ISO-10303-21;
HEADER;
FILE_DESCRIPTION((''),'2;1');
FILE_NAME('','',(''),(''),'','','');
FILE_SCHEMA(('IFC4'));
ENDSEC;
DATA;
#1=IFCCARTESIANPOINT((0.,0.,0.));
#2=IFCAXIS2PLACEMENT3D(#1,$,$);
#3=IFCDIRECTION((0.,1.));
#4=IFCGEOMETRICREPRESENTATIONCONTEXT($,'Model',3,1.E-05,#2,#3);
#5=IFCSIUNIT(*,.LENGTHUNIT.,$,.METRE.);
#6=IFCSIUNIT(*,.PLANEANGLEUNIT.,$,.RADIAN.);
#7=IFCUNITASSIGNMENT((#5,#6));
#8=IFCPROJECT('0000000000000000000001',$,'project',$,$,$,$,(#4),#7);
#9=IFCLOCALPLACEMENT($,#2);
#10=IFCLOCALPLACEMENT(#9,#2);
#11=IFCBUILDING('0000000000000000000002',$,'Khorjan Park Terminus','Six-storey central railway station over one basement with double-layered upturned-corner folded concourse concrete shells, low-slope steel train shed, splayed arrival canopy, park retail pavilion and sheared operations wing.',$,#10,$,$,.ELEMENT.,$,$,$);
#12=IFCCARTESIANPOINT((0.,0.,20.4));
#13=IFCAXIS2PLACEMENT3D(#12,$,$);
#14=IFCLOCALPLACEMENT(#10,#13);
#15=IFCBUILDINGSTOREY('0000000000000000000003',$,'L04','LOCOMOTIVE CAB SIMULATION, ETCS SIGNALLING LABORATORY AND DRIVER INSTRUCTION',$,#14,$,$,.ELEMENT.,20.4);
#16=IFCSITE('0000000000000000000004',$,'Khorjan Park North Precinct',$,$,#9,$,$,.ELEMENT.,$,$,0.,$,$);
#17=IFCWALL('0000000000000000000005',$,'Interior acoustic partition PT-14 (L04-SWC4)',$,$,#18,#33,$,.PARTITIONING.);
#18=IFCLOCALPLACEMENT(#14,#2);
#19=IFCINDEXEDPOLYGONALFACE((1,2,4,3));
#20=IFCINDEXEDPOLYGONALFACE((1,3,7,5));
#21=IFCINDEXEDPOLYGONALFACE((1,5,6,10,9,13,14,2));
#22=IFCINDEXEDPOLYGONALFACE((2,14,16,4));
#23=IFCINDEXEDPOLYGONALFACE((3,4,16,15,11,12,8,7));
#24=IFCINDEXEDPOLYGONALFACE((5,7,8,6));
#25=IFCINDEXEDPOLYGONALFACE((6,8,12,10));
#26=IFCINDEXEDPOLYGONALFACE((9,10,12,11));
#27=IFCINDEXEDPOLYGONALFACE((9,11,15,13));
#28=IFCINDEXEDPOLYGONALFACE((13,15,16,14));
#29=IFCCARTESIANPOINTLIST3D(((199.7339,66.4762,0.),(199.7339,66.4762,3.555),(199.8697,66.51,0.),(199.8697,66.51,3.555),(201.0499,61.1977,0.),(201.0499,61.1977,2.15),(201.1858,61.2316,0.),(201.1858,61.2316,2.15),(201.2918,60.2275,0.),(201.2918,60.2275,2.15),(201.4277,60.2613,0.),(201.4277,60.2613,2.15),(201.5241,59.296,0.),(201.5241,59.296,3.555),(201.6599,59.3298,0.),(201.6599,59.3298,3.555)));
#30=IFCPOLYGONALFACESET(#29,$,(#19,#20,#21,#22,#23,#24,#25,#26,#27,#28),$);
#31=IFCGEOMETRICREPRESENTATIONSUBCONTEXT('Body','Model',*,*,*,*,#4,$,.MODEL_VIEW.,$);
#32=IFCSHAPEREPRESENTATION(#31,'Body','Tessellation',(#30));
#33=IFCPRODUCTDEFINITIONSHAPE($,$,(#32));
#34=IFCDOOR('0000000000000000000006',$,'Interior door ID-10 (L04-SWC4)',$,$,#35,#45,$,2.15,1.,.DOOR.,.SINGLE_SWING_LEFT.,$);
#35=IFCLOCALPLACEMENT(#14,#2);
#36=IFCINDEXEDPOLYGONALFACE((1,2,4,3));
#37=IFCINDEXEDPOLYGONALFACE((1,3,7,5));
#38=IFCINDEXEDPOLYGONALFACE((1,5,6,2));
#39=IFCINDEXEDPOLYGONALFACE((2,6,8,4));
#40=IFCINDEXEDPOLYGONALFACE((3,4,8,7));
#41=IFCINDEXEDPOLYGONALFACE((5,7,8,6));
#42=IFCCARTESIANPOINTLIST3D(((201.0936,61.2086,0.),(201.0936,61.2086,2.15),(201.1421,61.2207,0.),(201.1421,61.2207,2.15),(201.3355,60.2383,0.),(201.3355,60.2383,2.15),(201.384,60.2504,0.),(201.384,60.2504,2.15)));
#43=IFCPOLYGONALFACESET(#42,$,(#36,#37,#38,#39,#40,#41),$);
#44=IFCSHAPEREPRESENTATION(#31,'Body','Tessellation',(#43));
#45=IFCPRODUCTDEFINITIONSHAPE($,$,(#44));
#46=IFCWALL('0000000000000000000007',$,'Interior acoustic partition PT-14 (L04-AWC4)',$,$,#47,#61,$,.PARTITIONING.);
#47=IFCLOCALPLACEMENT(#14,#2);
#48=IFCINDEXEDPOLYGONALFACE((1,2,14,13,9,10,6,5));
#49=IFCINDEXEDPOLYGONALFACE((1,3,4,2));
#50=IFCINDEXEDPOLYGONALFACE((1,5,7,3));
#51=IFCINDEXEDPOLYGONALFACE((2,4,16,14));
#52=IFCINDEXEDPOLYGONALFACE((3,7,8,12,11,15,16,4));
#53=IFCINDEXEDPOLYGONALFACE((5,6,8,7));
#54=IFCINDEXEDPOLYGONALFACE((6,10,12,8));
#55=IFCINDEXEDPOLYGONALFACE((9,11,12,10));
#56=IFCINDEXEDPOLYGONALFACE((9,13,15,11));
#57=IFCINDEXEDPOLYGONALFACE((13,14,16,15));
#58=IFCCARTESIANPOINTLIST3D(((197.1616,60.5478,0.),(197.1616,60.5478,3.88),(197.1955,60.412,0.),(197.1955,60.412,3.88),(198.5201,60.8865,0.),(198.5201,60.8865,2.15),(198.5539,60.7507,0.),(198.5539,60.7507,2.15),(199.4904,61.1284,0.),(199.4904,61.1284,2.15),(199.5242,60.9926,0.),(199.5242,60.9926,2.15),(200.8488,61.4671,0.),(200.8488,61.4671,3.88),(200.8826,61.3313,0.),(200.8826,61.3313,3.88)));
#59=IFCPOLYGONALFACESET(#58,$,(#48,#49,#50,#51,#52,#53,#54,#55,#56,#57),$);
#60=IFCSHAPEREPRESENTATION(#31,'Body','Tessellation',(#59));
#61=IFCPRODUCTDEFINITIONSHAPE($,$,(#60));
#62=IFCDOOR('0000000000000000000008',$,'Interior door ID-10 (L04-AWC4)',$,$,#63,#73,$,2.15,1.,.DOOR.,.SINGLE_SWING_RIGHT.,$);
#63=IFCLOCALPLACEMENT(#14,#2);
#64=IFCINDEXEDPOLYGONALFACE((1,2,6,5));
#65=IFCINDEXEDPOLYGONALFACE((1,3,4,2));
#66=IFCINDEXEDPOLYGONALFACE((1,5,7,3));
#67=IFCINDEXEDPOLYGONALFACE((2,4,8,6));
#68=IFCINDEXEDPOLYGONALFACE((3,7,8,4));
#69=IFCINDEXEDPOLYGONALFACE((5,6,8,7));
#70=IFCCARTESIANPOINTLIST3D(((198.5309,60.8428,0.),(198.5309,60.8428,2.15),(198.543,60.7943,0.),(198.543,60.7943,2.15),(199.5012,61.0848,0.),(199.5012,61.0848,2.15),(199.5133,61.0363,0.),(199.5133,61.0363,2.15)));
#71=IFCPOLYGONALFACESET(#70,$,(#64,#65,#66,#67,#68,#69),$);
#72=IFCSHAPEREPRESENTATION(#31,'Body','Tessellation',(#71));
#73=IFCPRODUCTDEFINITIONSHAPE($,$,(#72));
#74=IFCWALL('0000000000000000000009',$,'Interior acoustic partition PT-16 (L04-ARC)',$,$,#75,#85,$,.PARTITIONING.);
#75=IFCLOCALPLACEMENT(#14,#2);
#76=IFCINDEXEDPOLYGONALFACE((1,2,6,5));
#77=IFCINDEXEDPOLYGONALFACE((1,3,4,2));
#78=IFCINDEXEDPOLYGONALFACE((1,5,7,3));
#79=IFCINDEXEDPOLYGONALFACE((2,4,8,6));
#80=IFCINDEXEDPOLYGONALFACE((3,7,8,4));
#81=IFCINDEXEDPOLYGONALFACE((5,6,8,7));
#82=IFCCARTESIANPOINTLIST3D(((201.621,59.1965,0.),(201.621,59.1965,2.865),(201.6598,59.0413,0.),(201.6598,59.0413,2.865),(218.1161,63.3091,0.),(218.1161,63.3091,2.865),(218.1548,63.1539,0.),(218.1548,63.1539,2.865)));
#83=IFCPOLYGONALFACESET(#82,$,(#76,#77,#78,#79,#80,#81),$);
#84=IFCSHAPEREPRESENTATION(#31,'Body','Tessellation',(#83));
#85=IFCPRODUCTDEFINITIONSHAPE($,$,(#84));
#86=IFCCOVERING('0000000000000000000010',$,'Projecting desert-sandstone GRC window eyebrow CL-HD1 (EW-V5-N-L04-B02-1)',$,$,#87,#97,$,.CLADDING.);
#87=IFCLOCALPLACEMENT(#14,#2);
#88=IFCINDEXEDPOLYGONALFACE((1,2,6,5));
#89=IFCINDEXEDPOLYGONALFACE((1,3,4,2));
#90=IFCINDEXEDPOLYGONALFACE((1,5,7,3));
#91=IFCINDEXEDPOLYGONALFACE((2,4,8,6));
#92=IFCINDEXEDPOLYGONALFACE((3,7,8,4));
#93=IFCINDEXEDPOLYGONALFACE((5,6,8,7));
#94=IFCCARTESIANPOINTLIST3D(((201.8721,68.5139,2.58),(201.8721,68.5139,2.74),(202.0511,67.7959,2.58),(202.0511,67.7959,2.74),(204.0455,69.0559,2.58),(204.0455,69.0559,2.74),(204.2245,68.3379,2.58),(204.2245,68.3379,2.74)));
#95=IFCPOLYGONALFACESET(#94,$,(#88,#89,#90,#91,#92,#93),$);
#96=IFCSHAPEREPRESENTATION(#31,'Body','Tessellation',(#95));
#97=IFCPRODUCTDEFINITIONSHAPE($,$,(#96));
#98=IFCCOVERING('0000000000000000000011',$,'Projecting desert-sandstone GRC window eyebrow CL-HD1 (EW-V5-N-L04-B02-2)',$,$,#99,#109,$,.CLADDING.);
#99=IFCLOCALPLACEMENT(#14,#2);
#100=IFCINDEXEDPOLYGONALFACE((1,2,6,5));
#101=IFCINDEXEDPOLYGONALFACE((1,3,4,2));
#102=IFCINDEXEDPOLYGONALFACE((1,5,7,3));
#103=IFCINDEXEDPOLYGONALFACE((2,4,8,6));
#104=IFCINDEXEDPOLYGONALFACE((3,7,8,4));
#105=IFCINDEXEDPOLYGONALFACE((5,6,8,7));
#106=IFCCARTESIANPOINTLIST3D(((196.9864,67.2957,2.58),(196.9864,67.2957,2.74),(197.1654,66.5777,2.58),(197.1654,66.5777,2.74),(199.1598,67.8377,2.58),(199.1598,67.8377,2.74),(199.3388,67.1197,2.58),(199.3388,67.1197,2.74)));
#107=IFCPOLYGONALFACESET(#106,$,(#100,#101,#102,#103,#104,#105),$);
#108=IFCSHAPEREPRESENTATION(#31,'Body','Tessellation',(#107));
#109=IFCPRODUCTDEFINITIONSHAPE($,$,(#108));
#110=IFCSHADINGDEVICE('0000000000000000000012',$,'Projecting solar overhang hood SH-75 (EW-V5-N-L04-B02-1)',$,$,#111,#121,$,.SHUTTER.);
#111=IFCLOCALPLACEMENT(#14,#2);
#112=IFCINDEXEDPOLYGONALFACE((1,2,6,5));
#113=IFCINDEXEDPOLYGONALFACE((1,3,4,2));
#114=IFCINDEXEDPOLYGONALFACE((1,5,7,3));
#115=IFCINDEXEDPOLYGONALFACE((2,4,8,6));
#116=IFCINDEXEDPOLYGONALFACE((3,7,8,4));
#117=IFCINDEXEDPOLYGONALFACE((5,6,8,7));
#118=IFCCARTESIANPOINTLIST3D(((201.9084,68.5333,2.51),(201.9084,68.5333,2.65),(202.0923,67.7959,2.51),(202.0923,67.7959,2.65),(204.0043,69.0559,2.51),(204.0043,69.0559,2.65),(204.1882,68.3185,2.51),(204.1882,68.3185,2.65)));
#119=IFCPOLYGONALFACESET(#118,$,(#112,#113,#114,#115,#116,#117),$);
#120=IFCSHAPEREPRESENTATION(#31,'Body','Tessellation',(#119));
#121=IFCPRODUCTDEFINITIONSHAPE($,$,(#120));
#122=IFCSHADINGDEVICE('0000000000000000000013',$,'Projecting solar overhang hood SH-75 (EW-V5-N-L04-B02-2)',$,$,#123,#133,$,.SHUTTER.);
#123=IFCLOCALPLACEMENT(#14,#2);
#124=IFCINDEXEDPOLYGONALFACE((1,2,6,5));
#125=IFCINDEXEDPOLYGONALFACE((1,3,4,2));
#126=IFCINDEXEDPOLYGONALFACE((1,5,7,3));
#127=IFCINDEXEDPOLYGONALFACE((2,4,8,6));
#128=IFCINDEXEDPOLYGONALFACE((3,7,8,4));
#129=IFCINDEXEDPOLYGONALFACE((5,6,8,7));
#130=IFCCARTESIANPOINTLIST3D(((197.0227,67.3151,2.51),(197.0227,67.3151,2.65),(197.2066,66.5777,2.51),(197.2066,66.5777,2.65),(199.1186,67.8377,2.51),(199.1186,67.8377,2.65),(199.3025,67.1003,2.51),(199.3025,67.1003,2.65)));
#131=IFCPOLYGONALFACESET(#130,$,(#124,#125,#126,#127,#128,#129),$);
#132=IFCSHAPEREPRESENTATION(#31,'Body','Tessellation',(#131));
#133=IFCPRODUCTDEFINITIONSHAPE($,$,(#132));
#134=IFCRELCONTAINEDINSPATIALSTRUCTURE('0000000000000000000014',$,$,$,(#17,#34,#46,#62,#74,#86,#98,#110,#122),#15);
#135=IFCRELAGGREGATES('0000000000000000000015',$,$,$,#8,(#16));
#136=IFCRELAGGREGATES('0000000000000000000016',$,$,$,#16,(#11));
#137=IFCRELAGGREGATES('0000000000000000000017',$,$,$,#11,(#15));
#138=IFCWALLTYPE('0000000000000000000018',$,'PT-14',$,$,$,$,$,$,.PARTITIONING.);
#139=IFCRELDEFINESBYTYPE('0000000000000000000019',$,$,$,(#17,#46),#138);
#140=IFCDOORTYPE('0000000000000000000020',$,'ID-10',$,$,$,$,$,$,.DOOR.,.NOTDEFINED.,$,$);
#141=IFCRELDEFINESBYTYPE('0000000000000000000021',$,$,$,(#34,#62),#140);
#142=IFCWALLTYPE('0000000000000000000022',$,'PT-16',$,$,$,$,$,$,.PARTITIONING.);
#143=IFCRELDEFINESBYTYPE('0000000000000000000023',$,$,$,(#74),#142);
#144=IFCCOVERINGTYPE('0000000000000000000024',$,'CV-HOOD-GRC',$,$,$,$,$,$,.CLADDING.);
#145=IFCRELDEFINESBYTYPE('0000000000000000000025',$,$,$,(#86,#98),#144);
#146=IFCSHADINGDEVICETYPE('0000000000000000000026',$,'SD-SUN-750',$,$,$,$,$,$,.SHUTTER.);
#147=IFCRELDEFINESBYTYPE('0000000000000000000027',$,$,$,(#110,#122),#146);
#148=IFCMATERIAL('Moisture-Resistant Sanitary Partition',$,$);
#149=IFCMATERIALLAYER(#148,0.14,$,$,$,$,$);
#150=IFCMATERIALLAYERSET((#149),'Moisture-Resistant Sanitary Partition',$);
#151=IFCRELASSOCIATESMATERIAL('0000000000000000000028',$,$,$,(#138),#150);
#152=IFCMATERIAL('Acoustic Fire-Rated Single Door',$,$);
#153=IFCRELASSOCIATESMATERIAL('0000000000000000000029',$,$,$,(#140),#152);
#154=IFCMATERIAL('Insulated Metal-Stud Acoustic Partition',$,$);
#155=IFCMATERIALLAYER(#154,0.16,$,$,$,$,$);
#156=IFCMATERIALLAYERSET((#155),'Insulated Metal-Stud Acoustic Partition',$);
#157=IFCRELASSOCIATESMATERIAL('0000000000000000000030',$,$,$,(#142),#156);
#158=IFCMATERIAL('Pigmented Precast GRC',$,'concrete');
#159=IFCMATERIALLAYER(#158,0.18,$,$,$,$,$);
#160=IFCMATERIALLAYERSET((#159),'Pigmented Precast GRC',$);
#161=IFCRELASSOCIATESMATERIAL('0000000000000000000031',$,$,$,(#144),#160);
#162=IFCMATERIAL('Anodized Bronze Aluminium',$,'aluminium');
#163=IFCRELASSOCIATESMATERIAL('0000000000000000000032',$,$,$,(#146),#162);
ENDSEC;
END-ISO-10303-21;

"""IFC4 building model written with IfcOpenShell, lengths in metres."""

from ifc_helpers import new_model, si_unit, direction, frame, frame_2d, origin, origin_2d, place, context, subcontext, project, spatial, rectangle, extrude, material, layer, layer_set, type_object, element, fill, save


model = new_model("IFC4")

# Units and contexts
model_context = context("Model", 3, precision=1e-05, world=origin(), true_north=direction((0.0, 1.0)))
body_context = subcontext(model_context, "Body", "Model", "MODEL_VIEW")
ifc_project = project(units=[si_unit("LENGTHUNIT", "METRE"), si_unit("PLANEANGLEUNIT", "RADIAN")], contexts=[model_context])

# Site, building, storey
site_placement = place(None, origin())
site = spatial("IfcSite", under=ifc_project, at=site_placement, Name="Khorjan Park North Precinct", CompositionType="ELEMENT", RefElevation=0.0)
building_placement = place(site_placement, origin())
building = spatial("IfcBuilding", under=site, at=building_placement, Name="Khorjan Park Terminus", Description="Six-storey central railway station over one basement with double-layered upturned-corner folded concourse concrete shells, low-slope steel train shed, splayed arrival canopy, park retail pavilion and sheared operations wing.", CompositionType="ELEMENT")
storey_placement = place(building_placement, frame((0.0, 0.0, 20.4)))
storey = spatial("IfcBuildingStorey", under=building, at=storey_placement, Name="L04", Description="LOCOMOTIVE CAB SIMULATION, ETCS SIGNALLING LABORATORY AND DRIVER INSTRUCTION", CompositionType="ELEMENT", Elevation=20.4)

# Shared definitions
ifc_material_1 = material(Name="Anodized Bronze Aluminium", Category="aluminium")

# Walls, openings, doors
ifc_material_2 = material(Name="Moisture-Resistant Sanitary Partition")
ifc_layer_1 = layer(ifc_material_2, 0.14)
ifc_layer_set_1 = layer_set([ifc_layer_1], Name="Moisture-Resistant Sanitary Partition")
wall_type_1 = type_object("IfcWallType", Name="PT-14", PredefinedType="PARTITIONING", material=ifc_layer_set_1)
wall_1_placement = place(storey_placement, frame((201.592, 59.3129, 0.0), z_axis=(0.0, 0.0, 1.0), x_axis=(-0.241919, 0.970297, 0.0)))
wall_1 = element("IfcWall", 1, at=wall_1_placement, inside=storey, type_object=wall_type_1, Name="Interior acoustic partition PT-14 (L04-SWC4)", PredefinedType="PARTITIONING", context=body_context, shape_type="SweptSolid", body=[
    extrude(rectangle(XDim=7.4, YDim=0.14, at=frame_2d((3.7, 0.0))), origin(), (0.0, 0.0, 1.0), 3.555),
])
opening_1_placement = place(wall_1_placement, frame((0.96, 0.0, 0.0)))
opening_1 = element("IfcOpeningElement", 2, at=opening_1_placement, cuts=wall_1, PredefinedType="OPENING", context=body_context, shape_type="SweptSolid", body=[
    extrude(rectangle(XDim=1.0, YDim=2.15, at=frame_2d((0.5, 1.075))), frame((0.0, 0.08, 0.0), z_axis=(0.0, -1.0, 0.0), x_axis=(1.0, 0.0, 0.0)), (0.0, 0.0, 1.0), 0.16),
])
ifc_material_3 = material(Name="Acoustic Fire-Rated Single Door")
door_type = type_object("IfcDoorType", Name="ID-10", OperationType="NOTDEFINED", PredefinedType="DOOR", material=ifc_material_3)
door_1_placement = place(opening_1_placement, origin())
door_1 = element("IfcDoor", 3, at=door_1_placement, inside=storey, type_object=door_type, Name="Interior door ID-10 (L04-SWC4)", OperationType="SINGLE_SWING_LEFT", OverallHeight=2.15, OverallWidth=1.0, PredefinedType="DOOR", context=body_context, shape_type="SweptSolid", body=[
    extrude(rectangle(XDim=1.0, YDim=2.15, at=frame_2d((0.5, 1.075))), frame((0.0, 0.025, 0.0), z_axis=(0.0, -1.0, 0.0), x_axis=(1.0, 0.0, 0.0)), (0.0, 0.0, 1.0), 0.05),
])
fill(opening_1, door_1)
wall_2_placement = place(storey_placement, frame((200.8657, 61.3992, 0.0), z_axis=(0.0, 0.0, 1.0), x_axis=(-0.970296, -0.241923, 0.0)))
wall_2 = element("IfcWall", 4, at=wall_2_placement, inside=storey, type_object=wall_type_1, Name="Interior acoustic partition PT-14 (L04-AWC4)", PredefinedType="PARTITIONING", context=body_context, shape_type="SweptSolid", body=[
    extrude(rectangle(XDim=3.8, YDim=0.14, at=frame_2d((1.9, 0.0))), origin(), (0.0, 0.0, 1.0), 3.88),
])
opening_2_placement = place(wall_2_placement, frame((1.4, 0.0, 0.0)))
opening_2 = element("IfcOpeningElement", 5, at=opening_2_placement, cuts=wall_2, PredefinedType="OPENING", context=body_context, shape_type="SweptSolid", body=[
    extrude(rectangle(XDim=1.0, YDim=2.15, at=frame_2d((0.5, 1.075))), frame((0.0, 0.08, 0.0), z_axis=(0.0, -1.0, 0.0), x_axis=(1.0, 0.0, 0.0)), (0.0, 0.0, 1.0), 0.16),
])
door_2_placement = place(opening_2_placement, origin())
door_2 = element("IfcDoor", 6, at=door_2_placement, inside=storey, type_object=door_type, Name="Interior door ID-10 (L04-AWC4)", OperationType="SINGLE_SWING_RIGHT", OverallHeight=2.15, OverallWidth=1.0, PredefinedType="DOOR", context=body_context, shape_type="SweptSolid", body=[
    extrude(rectangle(XDim=1.0, YDim=2.15, at=frame_2d((0.5, 1.075))), frame((0.0, 0.025, 0.0), z_axis=(0.0, -1.0, 0.0), x_axis=(1.0, 0.0, 0.0)), (0.0, 0.0, 1.0), 0.05),
])
fill(opening_2, door_2)

# Wall
ifc_material_4 = material(Name="Insulated Metal-Stud Acoustic Partition")
ifc_layer_2 = layer(ifc_material_4, 0.16)
ifc_layer_set_2 = layer_set([ifc_layer_2], Name="Insulated Metal-Stud Acoustic Partition")
wall_type_2 = type_object("IfcWallType", Name="PT-16", PredefinedType="PARTITIONING", material=ifc_layer_set_2)
wall_3_placement = place(storey_placement, frame((201.6404, 59.1189, 0.0), z_axis=(0.0, 0.0, 1.0), x_axis=(0.970297, 0.241918, 0.0)))
element("IfcWall", 7, at=wall_3_placement, inside=storey, type_object=wall_type_2, Name="Interior acoustic partition PT-16 (L04-ARC)", PredefinedType="PARTITIONING", context=body_context, shape_type="SweptSolid", body=[
    extrude(rectangle(XDim=17.0, YDim=0.16, at=frame_2d((8.5, 0.0))), origin(), (0.0, 0.0, 1.0), 2.865),
])

# Coverings
ifc_material_5 = material(Name="Pigmented Precast GRC", Category="concrete")
ifc_layer_3 = layer(ifc_material_5, 0.18)
ifc_layer_set_3 = layer_set([ifc_layer_3], Name="Pigmented Precast GRC")
covering_type = type_object("IfcCoveringType", Name="CV-HOOD-GRC", PredefinedType="CLADDING", material=ifc_layer_set_3)
for number, where, z_axis, x_axis, name in (
    (8, (203.0483, 68.4259, 2.58), (0.0, 0.0, 1.0), (-0.970294, -0.24193, 0.0), "Projecting desert-sandstone GRC window eyebrow CL-HD1 (EW-V5-N-L04-B02-1)"),
    (9, (198.1626, 67.2077, 2.58), (0.0, 0.0, 1.0), (-0.970294, -0.24193, 0.0), "Projecting desert-sandstone GRC window eyebrow CL-HD1 (EW-V5-N-L04-B02-2)"),
):
    element("IfcCovering", number, at=place(storey_placement, frame(where, z_axis=z_axis, x_axis=x_axis)), inside=storey, type_object=covering_type, Name=name, PredefinedType="CLADDING", context=body_context, shape_type="SweptSolid", body=[
        extrude(rectangle(XDim=2.24, YDim=0.74, at=origin_2d()), origin(), (0.0, 0.0, 1.0), 0.16),
    ])

# Shading devices
shading_device_type = type_object("IfcShadingDeviceType", Name="SD-SUN-750", PredefinedType="SHUTTER", material=ifc_material_1)
for number, where, z_axis, x_axis, name in (
    (10, (203.0483, 68.4259, 2.51), (0.0, 0.0, 1.0), (-0.970294, -0.24193, 0.0), "Projecting solar overhang hood SH-75 (EW-V5-N-L04-B02-1)"),
    (11, (198.1626, 67.2077, 2.51), (0.0, 0.0, 1.0), (-0.970294, -0.24193, 0.0), "Projecting solar overhang hood SH-75 (EW-V5-N-L04-B02-2)"),
):
    element("IfcShadingDevice", number, at=place(storey_placement, frame(where, z_axis=z_axis, x_axis=x_axis)), inside=storey, type_object=shading_device_type, Name=name, PredefinedType="SHUTTER", context=body_context, shape_type="SweptSolid", body=[
        extrude(rectangle(XDim=2.16, YDim=0.76, at=origin_2d()), origin(), (0.0, 0.0, 1.0), 0.14),
    ])

save(model, "model.ifc")
